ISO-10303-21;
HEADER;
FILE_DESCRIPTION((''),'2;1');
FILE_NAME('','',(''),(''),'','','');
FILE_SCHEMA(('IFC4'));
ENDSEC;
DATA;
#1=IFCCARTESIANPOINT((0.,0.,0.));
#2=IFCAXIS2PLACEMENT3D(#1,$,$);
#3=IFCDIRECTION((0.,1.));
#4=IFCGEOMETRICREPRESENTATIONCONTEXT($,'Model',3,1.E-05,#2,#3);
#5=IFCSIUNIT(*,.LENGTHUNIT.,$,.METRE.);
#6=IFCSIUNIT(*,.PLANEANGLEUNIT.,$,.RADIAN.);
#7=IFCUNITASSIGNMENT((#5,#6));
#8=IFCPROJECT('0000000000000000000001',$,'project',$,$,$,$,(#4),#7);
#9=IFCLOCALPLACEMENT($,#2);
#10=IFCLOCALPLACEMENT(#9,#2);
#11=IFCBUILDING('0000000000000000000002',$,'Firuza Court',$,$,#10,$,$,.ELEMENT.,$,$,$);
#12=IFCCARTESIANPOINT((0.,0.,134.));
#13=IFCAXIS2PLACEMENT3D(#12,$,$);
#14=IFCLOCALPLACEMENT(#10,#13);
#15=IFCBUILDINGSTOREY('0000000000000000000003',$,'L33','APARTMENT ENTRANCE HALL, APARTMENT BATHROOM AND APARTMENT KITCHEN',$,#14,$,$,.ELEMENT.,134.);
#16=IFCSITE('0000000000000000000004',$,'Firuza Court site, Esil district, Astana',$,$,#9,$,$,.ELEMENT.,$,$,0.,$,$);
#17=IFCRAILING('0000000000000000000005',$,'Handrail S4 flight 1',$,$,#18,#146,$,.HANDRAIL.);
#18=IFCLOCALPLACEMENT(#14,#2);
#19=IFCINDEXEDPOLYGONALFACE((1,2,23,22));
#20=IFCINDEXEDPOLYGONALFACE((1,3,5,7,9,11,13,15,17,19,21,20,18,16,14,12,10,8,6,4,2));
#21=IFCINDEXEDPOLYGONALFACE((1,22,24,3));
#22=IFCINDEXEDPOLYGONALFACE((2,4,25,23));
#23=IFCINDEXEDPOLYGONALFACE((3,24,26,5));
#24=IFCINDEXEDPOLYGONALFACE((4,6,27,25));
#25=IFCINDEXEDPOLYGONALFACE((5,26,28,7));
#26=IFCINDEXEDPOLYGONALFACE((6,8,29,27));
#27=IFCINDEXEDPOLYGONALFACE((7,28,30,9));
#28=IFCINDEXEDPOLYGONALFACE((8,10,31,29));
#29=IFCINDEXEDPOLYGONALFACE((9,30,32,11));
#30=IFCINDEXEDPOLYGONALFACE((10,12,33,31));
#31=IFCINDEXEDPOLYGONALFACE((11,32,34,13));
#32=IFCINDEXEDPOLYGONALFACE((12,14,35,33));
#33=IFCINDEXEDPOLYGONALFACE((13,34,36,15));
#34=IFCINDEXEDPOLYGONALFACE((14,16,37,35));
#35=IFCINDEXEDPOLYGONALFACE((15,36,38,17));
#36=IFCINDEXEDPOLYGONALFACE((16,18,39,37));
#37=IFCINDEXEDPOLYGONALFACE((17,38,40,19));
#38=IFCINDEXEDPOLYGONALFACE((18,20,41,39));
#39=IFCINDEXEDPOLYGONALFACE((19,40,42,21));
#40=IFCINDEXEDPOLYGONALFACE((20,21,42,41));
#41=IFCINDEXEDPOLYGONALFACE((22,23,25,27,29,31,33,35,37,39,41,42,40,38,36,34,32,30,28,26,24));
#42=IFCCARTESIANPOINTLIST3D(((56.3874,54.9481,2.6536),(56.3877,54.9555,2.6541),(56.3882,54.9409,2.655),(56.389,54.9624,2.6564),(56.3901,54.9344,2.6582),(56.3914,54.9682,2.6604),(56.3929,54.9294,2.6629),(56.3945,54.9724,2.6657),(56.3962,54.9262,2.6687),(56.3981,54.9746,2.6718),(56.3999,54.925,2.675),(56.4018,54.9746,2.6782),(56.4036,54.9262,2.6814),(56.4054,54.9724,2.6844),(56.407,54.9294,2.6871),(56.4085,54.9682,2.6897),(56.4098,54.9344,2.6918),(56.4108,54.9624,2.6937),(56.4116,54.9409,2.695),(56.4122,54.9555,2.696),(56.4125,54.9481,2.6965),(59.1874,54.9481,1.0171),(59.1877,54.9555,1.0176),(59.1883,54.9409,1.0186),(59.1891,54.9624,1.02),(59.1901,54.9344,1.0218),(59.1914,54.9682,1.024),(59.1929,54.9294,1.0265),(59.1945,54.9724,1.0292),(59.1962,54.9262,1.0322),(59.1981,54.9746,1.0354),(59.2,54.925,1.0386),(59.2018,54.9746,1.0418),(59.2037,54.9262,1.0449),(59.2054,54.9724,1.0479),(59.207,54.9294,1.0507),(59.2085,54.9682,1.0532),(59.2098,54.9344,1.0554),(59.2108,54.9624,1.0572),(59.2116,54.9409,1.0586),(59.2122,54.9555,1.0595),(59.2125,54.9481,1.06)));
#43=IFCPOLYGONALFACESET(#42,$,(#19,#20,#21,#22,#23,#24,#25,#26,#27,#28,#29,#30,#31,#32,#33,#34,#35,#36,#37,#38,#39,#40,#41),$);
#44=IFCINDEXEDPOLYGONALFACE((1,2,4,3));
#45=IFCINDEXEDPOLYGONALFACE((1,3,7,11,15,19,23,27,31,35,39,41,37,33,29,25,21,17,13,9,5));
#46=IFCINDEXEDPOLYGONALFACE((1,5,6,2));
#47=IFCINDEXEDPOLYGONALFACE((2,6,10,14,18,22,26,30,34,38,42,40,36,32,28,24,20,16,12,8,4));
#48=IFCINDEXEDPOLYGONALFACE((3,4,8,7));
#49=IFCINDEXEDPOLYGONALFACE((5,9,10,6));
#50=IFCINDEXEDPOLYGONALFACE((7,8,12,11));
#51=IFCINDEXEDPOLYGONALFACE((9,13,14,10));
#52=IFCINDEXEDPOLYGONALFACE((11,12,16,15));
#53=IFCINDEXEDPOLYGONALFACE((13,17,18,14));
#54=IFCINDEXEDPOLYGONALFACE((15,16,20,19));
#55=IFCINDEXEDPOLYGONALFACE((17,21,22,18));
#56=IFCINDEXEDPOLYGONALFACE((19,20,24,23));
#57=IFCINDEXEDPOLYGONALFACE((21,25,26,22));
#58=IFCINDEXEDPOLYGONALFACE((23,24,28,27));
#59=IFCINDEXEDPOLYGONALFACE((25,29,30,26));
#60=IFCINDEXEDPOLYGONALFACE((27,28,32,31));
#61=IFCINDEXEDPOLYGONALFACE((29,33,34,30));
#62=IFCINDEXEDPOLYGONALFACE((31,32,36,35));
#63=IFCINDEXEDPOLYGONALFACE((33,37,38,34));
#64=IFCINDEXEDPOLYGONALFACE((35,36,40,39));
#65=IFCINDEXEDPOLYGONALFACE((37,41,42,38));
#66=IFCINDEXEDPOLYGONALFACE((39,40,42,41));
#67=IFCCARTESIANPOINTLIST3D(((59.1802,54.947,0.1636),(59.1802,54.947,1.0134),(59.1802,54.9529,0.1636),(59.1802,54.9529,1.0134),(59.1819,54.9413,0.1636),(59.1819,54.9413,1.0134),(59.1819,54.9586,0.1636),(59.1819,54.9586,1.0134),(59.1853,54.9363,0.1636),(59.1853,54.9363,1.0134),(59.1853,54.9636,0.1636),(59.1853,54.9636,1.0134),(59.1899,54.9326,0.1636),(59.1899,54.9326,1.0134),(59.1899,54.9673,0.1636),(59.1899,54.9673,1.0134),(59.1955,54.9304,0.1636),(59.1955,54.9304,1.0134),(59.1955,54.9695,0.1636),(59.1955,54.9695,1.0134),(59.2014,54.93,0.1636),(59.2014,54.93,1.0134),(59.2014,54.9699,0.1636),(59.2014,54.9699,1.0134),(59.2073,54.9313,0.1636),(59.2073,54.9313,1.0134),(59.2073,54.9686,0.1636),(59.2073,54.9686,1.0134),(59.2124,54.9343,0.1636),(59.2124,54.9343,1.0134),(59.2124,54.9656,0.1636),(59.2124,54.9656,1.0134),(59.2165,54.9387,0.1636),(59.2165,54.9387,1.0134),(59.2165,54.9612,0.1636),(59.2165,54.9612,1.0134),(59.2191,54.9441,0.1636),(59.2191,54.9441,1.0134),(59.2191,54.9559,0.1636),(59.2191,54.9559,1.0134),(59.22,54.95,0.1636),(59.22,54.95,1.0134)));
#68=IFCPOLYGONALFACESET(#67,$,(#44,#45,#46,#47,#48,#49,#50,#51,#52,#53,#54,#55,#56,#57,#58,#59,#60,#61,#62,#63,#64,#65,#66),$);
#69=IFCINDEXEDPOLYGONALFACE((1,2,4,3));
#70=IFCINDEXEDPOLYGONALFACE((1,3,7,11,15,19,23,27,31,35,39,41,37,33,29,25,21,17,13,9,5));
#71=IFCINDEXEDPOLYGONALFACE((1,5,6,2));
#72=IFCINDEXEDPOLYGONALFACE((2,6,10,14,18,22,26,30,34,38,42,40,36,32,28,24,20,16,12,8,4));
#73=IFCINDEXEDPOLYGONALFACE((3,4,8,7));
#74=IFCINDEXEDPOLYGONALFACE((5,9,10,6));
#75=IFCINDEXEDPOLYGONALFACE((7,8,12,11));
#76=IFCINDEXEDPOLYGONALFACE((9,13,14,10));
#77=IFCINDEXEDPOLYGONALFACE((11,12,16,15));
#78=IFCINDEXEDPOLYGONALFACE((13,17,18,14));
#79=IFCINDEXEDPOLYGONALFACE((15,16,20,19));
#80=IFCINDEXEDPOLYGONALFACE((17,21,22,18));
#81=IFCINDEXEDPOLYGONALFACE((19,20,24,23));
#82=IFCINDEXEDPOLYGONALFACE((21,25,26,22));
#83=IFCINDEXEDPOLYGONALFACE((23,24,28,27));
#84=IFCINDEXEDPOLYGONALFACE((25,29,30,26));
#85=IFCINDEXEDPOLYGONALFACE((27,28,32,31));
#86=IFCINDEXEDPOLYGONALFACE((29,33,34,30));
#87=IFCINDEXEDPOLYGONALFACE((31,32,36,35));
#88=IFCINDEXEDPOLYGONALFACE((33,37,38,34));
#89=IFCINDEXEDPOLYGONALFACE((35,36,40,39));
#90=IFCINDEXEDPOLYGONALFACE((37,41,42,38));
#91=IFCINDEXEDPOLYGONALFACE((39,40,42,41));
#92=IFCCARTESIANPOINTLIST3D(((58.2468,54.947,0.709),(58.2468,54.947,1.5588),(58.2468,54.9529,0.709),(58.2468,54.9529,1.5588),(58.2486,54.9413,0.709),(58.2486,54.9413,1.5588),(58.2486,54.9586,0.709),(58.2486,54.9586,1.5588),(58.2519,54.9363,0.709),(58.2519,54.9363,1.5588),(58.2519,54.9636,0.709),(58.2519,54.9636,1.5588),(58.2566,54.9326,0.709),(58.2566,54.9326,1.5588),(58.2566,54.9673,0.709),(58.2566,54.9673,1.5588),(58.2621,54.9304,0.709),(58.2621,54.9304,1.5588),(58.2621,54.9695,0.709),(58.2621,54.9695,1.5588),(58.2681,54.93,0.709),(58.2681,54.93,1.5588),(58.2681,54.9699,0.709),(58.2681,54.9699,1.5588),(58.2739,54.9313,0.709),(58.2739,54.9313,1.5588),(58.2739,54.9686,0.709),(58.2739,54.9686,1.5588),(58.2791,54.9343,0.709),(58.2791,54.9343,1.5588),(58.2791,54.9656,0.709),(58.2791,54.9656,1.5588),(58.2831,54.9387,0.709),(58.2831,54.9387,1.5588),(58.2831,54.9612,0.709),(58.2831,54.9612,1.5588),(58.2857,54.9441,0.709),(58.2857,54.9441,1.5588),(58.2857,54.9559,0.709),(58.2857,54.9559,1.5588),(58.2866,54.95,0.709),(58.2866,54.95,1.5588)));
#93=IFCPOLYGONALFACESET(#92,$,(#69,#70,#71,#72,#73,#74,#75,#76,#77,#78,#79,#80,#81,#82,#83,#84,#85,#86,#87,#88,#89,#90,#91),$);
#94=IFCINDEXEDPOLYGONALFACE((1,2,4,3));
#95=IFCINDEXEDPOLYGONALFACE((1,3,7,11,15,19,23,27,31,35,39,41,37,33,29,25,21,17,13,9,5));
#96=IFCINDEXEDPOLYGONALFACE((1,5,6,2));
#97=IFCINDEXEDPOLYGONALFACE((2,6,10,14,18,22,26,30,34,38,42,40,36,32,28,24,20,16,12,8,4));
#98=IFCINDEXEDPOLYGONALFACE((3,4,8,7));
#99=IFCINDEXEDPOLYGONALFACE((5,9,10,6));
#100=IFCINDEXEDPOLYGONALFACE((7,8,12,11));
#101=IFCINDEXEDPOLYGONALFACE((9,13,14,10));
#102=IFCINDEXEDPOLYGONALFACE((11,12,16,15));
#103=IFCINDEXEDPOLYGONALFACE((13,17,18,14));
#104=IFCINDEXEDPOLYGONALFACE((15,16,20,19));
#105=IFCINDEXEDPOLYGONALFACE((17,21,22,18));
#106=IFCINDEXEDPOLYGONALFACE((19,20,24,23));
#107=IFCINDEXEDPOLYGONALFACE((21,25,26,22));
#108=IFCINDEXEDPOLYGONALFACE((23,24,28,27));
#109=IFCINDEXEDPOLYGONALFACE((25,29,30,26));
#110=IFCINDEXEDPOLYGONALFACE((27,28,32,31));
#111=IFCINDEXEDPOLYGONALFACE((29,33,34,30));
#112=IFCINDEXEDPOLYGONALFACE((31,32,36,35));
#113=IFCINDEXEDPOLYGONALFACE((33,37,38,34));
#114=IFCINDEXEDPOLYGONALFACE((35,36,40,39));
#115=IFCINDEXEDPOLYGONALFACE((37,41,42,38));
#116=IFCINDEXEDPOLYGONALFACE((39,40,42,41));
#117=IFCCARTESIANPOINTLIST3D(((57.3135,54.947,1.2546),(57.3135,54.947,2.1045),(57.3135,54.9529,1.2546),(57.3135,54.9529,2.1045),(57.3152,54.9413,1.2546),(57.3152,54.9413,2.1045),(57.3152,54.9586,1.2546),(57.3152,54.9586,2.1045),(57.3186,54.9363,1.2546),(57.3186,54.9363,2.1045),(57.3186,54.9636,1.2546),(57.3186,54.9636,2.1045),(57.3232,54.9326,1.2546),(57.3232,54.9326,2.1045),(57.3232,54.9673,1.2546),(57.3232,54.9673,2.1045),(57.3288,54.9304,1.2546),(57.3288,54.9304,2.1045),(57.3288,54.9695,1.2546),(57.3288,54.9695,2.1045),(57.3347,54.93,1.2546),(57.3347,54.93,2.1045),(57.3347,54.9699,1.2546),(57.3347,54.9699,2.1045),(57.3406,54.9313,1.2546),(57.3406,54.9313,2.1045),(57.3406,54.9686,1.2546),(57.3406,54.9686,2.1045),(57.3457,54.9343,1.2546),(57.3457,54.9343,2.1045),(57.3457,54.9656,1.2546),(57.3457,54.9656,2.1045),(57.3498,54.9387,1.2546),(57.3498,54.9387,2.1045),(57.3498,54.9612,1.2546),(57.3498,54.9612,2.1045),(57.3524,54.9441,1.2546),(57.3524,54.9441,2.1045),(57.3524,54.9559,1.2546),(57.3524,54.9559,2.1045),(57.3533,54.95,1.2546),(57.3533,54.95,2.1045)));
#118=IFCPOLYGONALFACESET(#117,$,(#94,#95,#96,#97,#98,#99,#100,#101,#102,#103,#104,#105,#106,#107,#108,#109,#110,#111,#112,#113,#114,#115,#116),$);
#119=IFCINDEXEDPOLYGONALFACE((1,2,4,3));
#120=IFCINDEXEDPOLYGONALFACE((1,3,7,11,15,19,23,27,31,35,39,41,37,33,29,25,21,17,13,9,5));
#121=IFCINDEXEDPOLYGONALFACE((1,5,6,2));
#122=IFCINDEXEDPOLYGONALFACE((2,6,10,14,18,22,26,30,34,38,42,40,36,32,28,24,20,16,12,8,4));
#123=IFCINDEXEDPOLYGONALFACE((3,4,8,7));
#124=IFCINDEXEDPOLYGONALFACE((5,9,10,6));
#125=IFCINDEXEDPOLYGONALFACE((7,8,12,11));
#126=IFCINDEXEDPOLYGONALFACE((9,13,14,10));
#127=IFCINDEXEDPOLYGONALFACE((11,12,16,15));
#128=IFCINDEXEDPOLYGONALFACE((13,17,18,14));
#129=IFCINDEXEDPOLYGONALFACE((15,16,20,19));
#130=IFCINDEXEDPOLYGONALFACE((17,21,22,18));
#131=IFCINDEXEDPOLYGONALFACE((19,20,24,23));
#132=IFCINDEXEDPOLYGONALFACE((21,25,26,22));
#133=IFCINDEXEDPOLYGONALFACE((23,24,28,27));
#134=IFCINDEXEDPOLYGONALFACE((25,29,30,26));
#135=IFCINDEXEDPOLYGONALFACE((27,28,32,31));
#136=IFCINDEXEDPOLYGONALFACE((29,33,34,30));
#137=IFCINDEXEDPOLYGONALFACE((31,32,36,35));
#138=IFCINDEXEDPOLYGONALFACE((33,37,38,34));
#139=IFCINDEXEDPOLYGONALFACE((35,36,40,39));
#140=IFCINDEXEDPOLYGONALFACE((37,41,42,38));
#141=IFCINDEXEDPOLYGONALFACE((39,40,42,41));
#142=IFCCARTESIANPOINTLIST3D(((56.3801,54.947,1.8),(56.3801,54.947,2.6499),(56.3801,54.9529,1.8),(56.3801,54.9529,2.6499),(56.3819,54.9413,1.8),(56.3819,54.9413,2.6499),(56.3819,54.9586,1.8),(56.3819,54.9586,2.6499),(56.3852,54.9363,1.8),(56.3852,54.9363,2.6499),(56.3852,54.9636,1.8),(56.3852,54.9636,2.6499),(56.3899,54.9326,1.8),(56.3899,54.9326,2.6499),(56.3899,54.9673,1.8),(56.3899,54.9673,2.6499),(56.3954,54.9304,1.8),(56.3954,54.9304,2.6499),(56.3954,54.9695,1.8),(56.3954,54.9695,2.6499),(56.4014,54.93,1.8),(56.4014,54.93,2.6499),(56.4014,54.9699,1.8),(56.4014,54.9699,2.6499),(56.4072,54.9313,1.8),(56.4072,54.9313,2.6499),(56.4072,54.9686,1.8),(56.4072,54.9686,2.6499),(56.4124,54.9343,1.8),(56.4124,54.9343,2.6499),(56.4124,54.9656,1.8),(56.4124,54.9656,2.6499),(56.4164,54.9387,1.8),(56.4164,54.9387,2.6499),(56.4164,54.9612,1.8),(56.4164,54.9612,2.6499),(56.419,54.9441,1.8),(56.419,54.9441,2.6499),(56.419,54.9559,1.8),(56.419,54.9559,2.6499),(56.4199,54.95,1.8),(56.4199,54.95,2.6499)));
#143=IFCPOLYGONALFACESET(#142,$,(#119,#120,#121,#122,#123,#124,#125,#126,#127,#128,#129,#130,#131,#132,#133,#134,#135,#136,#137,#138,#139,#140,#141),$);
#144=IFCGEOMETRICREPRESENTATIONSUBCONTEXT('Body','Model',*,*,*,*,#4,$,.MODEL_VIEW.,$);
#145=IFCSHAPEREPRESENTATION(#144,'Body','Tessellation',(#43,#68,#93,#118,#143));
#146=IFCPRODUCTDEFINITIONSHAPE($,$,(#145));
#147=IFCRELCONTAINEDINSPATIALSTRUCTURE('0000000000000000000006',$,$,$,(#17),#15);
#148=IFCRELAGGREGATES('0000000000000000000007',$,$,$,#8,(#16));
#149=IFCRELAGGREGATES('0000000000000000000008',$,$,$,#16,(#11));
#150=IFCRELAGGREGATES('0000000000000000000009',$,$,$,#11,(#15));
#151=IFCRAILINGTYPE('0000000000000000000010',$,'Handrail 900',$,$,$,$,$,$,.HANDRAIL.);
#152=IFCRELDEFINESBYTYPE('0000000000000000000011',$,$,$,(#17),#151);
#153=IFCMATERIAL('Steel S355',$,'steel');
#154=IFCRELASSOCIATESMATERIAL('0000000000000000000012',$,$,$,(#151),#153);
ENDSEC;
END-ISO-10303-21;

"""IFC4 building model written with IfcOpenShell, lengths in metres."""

from ifc_helpers import new_model, si_unit, direction, frame, origin, origin_2d, place, context, subcontext, project, spatial, circle, extrude, material, type_object, element, save


model = new_model("IFC4")

# Units and contexts
model_context = context("Model", 3, precision=1e-05, world=origin(), true_north=direction((0.0, 1.0)))
body_context = subcontext(model_context, "Body", "Model", "MODEL_VIEW")
ifc_project = project(units=[si_unit("LENGTHUNIT", "METRE"), si_unit("PLANEANGLEUNIT", "RADIAN")], contexts=[model_context])

# Site, building, storey
site_placement = place(None, origin())
site = spatial("IfcSite", under=ifc_project, at=site_placement, Name="Firuza Court site, Esil district, Astana", CompositionType="ELEMENT", RefElevation=0.0)
building_placement = place(site_placement, origin())
building = spatial("IfcBuilding", under=site, at=building_placement, Name="Firuza Court", CompositionType="ELEMENT")
storey_placement = place(building_placement, frame((0.0, 0.0, 134.0)))
storey = spatial("IfcBuildingStorey", under=building, at=storey_placement, Name="L33", Description="APARTMENT ENTRANCE HALL, APARTMENT BATHROOM AND APARTMENT KITCHEN", CompositionType="ELEMENT", Elevation=134.0)

# Railing
ifc_material_1 = material(Name="Steel S355", Category="steel")
railing_type_1 = type_object("IfcRailingType", Name="Handrail 900", PredefinedType="HANDRAIL", material=ifc_material_1)
railing_1_placement = place(storey_placement, frame((59.2, 54.95, 0.1636)))
element("IfcRailing", 1, at=railing_1_placement, inside=storey, type_object=railing_type_1, Name="Handrail S4 flight 1", PredefinedType="HANDRAIL", context=body_context, shape_type="SweptSolid", body=[
    extrude(circle(Radius=0.0249, at=origin_2d()), frame((0.0, 0.0, 0.875), z_axis=(-0.863361, 0.0, 0.504587), x_axis=(0.0, -1.0, 0.0)), (0.0, 0.0, 1.0), 3.2432),
    extrude(circle(Radius=0.02, at=origin_2d()), origin(), (0.0, 0.0, 1.0), 0.8499),
    extrude(circle(Radius=0.02, at=origin_2d()), frame((-0.9333, 0.0, 0.5454)), (0.0, 0.0, 1.0), 0.8499),
    extrude(circle(Radius=0.02, at=origin_2d()), frame((-1.8667, 0.0, 1.0911)), (0.0, 0.0, 1.0), 0.8499),
    extrude(circle(Radius=0.02, at=origin_2d()), frame((-2.8, 0.0, 1.6365)), (0.0, 0.0, 1.0), 0.8499),
])

save(model, "model.ifc")
